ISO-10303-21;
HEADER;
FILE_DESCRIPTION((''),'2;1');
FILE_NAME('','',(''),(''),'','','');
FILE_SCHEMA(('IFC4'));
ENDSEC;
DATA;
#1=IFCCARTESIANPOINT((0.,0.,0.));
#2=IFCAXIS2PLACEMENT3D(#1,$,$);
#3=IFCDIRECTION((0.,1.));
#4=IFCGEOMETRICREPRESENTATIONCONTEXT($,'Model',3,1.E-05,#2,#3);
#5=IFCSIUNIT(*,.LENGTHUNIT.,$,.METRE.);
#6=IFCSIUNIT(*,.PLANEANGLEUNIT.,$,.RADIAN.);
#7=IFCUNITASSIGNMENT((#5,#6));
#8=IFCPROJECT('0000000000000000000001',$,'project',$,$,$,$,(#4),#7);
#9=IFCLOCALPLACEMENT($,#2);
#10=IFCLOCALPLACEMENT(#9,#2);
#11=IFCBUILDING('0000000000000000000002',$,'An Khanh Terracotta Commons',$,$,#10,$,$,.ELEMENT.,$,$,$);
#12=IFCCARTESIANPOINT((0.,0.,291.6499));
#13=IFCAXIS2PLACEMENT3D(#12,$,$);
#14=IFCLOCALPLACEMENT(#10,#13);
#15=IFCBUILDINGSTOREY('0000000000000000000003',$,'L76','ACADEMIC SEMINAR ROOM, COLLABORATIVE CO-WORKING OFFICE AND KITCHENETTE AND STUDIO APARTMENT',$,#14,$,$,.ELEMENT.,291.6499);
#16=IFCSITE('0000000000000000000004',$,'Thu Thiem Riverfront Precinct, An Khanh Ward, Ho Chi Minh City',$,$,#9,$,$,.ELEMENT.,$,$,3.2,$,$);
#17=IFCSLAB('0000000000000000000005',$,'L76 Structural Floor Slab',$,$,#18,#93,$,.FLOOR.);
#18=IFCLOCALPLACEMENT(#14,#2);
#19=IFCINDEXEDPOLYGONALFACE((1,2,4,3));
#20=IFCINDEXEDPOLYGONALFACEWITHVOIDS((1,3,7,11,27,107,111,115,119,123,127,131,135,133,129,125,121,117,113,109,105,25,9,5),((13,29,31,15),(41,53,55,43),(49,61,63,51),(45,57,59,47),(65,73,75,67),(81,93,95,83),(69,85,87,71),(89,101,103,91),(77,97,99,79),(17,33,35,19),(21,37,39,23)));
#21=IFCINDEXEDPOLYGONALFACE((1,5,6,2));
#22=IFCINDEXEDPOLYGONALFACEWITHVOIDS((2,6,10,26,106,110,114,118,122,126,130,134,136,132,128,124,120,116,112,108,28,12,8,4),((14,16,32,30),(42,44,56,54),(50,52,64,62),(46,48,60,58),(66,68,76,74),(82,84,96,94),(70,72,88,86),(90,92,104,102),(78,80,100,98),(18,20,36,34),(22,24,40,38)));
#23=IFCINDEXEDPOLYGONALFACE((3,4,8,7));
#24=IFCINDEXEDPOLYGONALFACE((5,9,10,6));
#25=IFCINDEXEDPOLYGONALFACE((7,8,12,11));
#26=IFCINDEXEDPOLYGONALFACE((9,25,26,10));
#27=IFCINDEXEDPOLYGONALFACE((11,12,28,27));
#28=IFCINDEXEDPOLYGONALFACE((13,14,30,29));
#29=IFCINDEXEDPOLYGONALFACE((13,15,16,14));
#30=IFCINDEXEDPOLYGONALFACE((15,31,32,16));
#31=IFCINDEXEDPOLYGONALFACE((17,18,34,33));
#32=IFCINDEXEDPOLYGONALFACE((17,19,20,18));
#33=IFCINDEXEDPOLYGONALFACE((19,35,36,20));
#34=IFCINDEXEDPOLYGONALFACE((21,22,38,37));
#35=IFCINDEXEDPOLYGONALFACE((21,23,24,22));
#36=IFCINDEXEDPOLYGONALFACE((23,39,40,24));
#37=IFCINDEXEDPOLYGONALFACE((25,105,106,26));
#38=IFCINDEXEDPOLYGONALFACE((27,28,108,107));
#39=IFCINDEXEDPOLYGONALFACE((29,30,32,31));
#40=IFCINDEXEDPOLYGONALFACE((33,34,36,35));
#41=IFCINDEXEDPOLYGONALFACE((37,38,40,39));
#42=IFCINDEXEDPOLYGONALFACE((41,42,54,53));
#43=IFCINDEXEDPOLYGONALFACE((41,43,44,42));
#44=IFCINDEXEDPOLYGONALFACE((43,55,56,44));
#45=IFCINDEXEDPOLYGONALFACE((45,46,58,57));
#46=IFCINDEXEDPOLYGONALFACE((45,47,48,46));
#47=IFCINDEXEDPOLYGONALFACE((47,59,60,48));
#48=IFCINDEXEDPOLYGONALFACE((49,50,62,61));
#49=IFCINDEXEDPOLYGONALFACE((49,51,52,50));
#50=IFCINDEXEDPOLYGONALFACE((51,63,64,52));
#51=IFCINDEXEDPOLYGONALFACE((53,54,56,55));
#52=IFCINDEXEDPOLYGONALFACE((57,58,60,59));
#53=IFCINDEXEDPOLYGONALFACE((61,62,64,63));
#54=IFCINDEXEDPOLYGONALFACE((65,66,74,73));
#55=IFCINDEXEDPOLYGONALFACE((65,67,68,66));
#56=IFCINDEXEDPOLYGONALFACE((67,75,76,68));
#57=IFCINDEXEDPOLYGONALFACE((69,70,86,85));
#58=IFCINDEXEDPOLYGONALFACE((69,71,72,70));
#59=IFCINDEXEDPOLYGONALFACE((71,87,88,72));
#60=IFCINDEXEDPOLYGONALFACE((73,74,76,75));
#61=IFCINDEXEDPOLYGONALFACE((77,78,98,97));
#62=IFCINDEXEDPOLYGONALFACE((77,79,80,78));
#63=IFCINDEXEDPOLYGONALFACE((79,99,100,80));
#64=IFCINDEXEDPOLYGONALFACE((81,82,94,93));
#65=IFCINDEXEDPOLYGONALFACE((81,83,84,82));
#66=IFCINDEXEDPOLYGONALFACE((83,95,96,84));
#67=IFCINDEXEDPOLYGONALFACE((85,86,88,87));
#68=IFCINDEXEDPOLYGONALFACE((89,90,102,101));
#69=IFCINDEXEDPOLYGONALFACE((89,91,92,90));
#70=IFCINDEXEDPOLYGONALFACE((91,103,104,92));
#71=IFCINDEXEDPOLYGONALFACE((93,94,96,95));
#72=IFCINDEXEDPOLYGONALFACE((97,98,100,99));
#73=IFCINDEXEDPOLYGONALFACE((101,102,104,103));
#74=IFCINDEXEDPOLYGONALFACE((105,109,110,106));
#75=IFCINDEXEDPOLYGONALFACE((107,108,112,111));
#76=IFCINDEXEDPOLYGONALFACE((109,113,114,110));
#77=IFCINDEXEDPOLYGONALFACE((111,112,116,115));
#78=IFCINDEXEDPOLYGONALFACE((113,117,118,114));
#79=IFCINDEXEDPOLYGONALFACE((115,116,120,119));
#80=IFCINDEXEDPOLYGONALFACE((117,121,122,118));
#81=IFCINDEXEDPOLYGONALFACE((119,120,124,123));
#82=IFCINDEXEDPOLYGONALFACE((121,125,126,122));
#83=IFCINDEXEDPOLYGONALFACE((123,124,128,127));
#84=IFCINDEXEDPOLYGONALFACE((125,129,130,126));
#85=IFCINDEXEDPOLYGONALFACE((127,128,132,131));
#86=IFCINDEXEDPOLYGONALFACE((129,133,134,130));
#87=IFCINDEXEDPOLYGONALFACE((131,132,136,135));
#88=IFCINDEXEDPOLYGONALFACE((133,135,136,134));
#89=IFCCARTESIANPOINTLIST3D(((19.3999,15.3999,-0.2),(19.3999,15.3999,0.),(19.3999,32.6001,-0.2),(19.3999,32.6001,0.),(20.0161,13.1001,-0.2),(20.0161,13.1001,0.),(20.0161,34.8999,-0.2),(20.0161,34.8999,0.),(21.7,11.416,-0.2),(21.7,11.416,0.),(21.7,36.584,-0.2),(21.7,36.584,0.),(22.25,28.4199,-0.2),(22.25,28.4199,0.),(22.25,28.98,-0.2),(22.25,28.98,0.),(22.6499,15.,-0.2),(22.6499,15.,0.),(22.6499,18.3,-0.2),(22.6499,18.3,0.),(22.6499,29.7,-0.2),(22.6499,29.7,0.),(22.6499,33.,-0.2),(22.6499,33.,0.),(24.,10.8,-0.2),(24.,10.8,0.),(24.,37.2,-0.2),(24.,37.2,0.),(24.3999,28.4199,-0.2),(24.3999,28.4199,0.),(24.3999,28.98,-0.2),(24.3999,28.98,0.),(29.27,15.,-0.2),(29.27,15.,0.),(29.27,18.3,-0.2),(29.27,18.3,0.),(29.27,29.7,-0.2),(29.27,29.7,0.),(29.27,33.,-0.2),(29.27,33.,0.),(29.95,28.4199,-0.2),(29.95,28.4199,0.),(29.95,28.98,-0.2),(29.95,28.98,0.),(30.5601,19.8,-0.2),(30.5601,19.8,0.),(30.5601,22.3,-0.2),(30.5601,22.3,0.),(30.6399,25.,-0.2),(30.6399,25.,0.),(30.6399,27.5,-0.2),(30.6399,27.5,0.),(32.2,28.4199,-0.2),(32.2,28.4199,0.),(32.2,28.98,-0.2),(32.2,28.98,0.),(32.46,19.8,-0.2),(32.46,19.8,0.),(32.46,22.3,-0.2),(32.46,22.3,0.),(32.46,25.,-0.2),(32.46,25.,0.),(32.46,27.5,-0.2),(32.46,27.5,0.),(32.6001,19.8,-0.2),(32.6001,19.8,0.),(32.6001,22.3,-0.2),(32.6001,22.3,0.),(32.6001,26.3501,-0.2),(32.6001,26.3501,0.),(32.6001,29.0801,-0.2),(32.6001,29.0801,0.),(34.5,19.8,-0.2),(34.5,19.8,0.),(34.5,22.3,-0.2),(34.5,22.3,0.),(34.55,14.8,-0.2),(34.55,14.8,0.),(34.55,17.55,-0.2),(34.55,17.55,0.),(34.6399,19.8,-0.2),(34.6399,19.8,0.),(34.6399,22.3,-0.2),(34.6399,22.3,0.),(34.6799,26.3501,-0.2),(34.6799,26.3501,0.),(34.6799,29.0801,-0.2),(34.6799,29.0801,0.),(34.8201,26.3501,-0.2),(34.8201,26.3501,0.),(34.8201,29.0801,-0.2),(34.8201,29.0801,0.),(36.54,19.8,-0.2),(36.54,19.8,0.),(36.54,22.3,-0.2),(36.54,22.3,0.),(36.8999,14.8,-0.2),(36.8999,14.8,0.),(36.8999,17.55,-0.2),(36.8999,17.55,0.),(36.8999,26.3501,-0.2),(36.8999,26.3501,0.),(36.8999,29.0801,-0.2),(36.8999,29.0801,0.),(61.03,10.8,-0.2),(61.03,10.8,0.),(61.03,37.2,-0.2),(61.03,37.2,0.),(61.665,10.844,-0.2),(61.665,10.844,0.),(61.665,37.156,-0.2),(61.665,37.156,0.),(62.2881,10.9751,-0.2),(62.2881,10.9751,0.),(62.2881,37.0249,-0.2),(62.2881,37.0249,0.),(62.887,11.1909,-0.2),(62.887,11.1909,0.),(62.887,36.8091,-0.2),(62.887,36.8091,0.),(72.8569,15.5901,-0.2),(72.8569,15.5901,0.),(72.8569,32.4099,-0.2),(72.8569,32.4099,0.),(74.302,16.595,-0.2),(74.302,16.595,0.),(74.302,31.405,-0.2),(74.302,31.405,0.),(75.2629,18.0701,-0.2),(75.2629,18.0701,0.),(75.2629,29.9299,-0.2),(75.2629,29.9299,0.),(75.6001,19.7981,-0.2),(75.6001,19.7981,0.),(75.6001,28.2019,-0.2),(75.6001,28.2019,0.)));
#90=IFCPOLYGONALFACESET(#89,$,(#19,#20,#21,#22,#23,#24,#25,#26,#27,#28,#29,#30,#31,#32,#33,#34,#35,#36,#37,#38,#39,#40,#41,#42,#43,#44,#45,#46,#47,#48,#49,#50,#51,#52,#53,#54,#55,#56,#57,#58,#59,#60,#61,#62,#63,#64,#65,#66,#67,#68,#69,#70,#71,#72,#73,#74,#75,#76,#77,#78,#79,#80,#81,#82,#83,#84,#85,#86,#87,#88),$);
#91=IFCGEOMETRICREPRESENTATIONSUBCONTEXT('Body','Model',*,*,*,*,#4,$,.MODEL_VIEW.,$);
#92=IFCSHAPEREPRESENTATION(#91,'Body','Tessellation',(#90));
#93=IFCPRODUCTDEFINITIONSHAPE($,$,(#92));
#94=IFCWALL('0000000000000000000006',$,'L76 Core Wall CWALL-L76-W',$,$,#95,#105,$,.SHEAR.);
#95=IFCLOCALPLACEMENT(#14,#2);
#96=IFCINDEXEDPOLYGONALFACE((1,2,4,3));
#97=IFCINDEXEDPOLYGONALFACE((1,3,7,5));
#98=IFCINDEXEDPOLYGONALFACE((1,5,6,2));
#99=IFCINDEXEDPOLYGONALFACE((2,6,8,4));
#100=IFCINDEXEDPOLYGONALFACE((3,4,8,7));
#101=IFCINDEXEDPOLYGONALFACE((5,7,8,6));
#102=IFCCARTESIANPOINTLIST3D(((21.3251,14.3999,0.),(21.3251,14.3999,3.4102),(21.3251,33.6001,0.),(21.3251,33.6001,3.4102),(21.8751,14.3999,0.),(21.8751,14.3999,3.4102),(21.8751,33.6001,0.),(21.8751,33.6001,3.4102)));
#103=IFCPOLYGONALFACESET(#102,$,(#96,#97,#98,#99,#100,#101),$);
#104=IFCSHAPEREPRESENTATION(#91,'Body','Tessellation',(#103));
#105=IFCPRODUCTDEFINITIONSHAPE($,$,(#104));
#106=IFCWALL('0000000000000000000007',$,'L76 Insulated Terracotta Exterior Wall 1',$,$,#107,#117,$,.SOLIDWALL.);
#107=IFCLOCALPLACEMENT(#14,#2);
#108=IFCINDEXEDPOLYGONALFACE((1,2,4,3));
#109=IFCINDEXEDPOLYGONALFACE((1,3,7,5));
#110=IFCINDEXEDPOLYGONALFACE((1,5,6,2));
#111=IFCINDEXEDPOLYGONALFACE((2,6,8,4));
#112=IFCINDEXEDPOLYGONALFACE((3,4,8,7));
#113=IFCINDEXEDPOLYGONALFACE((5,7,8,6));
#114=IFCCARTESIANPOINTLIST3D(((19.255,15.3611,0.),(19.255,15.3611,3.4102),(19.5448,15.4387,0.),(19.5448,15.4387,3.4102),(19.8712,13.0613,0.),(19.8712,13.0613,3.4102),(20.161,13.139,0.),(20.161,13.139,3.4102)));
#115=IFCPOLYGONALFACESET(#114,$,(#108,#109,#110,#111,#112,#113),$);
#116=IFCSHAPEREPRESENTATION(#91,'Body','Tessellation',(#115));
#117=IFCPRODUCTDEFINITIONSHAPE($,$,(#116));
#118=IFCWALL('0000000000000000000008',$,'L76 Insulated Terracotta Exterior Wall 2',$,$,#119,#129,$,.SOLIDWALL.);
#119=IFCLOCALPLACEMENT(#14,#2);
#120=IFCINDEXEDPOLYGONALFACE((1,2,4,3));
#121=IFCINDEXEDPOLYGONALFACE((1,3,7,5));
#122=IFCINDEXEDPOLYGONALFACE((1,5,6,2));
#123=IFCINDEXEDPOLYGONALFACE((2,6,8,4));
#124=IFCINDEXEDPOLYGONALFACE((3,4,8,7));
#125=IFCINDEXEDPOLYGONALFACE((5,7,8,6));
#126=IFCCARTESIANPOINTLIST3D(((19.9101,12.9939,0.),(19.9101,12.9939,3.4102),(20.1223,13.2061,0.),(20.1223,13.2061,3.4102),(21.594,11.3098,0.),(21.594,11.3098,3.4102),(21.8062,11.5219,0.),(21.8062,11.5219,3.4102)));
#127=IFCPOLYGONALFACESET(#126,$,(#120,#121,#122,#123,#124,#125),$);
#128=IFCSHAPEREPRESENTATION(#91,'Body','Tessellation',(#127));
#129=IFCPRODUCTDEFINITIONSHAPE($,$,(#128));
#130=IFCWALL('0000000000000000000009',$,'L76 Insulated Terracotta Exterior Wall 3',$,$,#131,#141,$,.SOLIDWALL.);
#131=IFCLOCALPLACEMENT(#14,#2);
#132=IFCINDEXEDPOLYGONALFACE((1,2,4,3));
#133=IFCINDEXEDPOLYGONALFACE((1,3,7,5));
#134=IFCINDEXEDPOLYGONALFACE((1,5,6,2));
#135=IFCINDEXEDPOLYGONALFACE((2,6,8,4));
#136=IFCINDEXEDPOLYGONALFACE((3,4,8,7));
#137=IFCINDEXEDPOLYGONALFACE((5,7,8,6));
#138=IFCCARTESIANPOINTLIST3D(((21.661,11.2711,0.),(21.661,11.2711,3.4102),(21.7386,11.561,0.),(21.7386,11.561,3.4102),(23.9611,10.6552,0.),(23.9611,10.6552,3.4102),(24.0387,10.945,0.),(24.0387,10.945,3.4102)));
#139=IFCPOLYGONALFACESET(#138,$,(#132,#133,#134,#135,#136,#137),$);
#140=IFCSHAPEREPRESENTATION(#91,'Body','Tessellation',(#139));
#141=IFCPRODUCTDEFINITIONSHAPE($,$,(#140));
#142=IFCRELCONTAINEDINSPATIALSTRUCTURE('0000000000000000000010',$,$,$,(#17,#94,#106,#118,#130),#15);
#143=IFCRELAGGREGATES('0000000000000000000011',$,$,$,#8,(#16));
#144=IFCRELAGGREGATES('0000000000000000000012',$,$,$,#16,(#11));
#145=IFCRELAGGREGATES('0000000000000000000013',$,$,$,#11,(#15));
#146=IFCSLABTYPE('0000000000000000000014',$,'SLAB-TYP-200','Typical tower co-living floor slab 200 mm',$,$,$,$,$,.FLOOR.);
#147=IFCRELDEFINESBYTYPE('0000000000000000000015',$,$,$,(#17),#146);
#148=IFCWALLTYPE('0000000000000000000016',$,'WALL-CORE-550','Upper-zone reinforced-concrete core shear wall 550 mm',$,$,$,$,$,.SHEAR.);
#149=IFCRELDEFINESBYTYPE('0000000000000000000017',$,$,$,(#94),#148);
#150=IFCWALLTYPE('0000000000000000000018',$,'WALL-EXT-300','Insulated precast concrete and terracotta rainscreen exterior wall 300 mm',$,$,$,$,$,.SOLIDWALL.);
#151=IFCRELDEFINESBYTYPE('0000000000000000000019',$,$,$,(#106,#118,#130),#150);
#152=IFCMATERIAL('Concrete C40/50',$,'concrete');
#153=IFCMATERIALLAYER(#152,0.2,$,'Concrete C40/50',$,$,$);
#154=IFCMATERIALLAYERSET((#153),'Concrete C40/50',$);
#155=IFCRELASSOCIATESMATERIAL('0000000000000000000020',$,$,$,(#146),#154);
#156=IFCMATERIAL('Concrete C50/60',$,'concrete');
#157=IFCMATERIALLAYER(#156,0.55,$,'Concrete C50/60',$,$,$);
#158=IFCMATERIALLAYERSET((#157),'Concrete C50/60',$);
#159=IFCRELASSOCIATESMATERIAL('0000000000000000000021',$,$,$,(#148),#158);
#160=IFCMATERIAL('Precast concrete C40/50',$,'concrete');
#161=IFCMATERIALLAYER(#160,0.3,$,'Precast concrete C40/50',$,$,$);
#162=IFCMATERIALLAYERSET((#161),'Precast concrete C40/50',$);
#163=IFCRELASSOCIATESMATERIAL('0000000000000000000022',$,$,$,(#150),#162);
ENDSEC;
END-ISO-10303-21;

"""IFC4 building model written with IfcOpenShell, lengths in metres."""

from ifc_helpers import new_model, si_unit, direction, frame, frame_2d, origin, place, context, subcontext, project, spatial, polyline, rectangle, outline, extrude, material, layer, layer_set, type_object, element, save


model = new_model("IFC4")

# Units and contexts
model_context = context("Model", 3, precision=1e-05, world=origin(), true_north=direction((0.0, 1.0)))
body_context = subcontext(model_context, "Body", "Model", "MODEL_VIEW")
ifc_project = project(units=[si_unit("LENGTHUNIT", "METRE"), si_unit("PLANEANGLEUNIT", "RADIAN")], contexts=[model_context])

# Site, building, storey
site_placement = place(None, origin())
site = spatial("IfcSite", under=ifc_project, at=site_placement, Name="Thu Thiem Riverfront Precinct, An Khanh Ward, Ho Chi Minh City", CompositionType="ELEMENT", RefElevation=3.2)
building_placement = place(site_placement, origin())
building = spatial("IfcBuilding", under=site, at=building_placement, Name="An Khanh Terracotta Commons", CompositionType="ELEMENT")
storey_placement = place(building_placement, frame((0.0, 0.0, 291.6499)))
storey = spatial("IfcBuildingStorey", under=building, at=storey_placement, Name="L76", Description="ACADEMIC SEMINAR ROOM, COLLABORATIVE CO-WORKING OFFICE AND KITCHENETTE AND STUDIO APARTMENT", CompositionType="ELEMENT", Elevation=291.6499)

# Shared definitions
ifc_material_1 = material(Name="Concrete C50/60", Category="concrete")

# Shared definitions
ifc_material_2 = material(Name="Concrete C40/50", Category="concrete")

# Shared definitions
ifc_material_3 = material(Name="Precast concrete C40/50", Category="concrete")

# Slab
ifc_layer_1 = layer(ifc_material_2, 0.2, Name="Concrete C40/50")
ifc_layer_set_1 = layer_set([ifc_layer_1], Name="Concrete C40/50")
slab_type_1 = type_object("IfcSlabType", Name="SLAB-TYP-200", Description="Typical tower co-living floor slab 200 mm", PredefinedType="FLOOR", material=ifc_layer_set_1)
slab_1_placement = place(storey_placement, frame((0.0, 0.0, -0.2)))
element("IfcSlab", 1, at=slab_1_placement, inside=storey, type_object=slab_type_1, Name="L76 Structural Floor Slab", PredefinedType="FLOOR", context=body_context, shape_type="SweptSolid", body=[
    extrude(outline(polyline([(19.3999, 15.3999), (20.0161, 13.1001), (21.7, 11.416), (24.0, 10.8), (61.03, 10.8), (61.665, 10.844), (62.2881, 10.9751), (62.887, 11.1909), (72.8569, 15.5901), (74.302, 16.595), (75.2629, 18.0701), (75.6001, 19.7981), (75.6001, 28.2019), (75.2629, 29.9299), (74.302, 31.405), (72.8569, 32.4099), (62.887, 36.8091), (62.2881, 37.0249), (61.665, 37.156), (61.03, 37.2), (24.0, 37.2), (21.7, 36.584), (20.0161, 34.8999), (19.3999, 32.6001), (19.3999, 15.3999)]), holes=[polyline([(22.6499, 29.7), (29.27, 29.7), (29.27, 33.0), (22.6499, 33.0), (22.6499, 29.7)]), polyline([(22.6499, 15.0), (29.27, 15.0), (29.27, 18.3), (22.6499, 18.3), (22.6499, 15.0)]), polyline([(32.6001, 26.3501), (34.6799, 26.3501), (34.6799, 29.0801), (32.6001, 29.0801), (32.6001, 26.3501)]), polyline([(34.8201, 26.3501), (36.8999, 26.3501), (36.8999, 29.0801), (34.8201, 29.0801), (34.8201, 26.3501)]), polyline([(34.55, 14.8), (36.8999, 14.8), (36.8999, 17.55), (34.55, 17.55), (34.55, 14.8)]), polyline([(30.6399, 25.0), (32.46, 25.0), (32.46, 27.5), (30.6399, 27.5), (30.6399, 25.0)]), polyline([(30.5601, 19.8), (32.46, 19.8), (32.46, 22.3), (30.5601, 22.3), (30.5601, 19.8)]), polyline([(32.6001, 19.8), (34.5, 19.8), (34.5, 22.3), (32.6001, 22.3), (32.6001, 19.8)]), polyline([(34.6399, 19.8), (36.54, 19.8), (36.54, 22.3), (34.6399, 22.3), (34.6399, 19.8)]), polyline([(22.25, 28.4199), (24.3999, 28.4199), (24.3999, 28.98), (22.25, 28.98), (22.25, 28.4199)]), polyline([(29.95, 28.4199), (32.2, 28.4199), (32.2, 28.98), (29.95, 28.98), (29.95, 28.4199)])]), origin(), (0.0, 0.0, 1.0), 0.2),
])

# Walls
ifc_layer_2 = layer(ifc_material_1, 0.55, Name="Concrete C50/60")
ifc_layer_set_2 = layer_set([ifc_layer_2], Name="Concrete C50/60")
wall_type_1 = type_object("IfcWallType", Name="WALL-CORE-550", Description="Upper-zone reinforced-concrete core shear wall 550 mm", PredefinedType="SHEAR", material=ifc_layer_set_2)
wall_1_placement = place(storey_placement, frame((21.6001, 14.3999, 0.0), z_axis=(0.0, 0.0, 1.0), x_axis=(0.0, 1.0, 0.0)))
element("IfcWall", 2, at=wall_1_placement, inside=storey, type_object=wall_type_1, Name="L76 Core Wall CWALL-L76-W", PredefinedType="SHEAR", context=body_context, shape_type="SweptSolid", body=[
    extrude(rectangle(XDim=19.2002, YDim=0.55, at=frame_2d((9.6001, 0.0))), origin(), (0.0, 0.0, 1.0), 3.4102),
])
ifc_layer_3 = layer(ifc_material_3, 0.3, Name="Precast concrete C40/50")
ifc_layer_set_3 = layer_set([ifc_layer_3], Name="Precast concrete C40/50")
wall_type_2 = type_object("IfcWallType", Name="WALL-EXT-300", Description="Insulated precast concrete and terracotta rainscreen exterior wall 300 mm", PredefinedType="SOLIDWALL", material=ifc_layer_set_3)
wall_2_placement = place(storey_placement, frame((19.3999, 15.3999, 0.0), z_axis=(0.0, 0.0, 1.0), x_axis=(0.258811, -0.965928, 0.0)))
element("IfcWall", 3, at=wall_2_placement, inside=storey, type_object=wall_type_2, Name="L76 Insulated Terracotta Exterior Wall 1", PredefinedType="SOLIDWALL", context=body_context, shape_type="SweptSolid", body=[
    extrude(rectangle(XDim=2.3809, YDim=0.3, at=frame_2d((1.1904, 0.0))), origin(), (0.0, 0.0, 1.0), 3.4102),
])
wall_3_placement = place(storey_placement, frame((20.0161, 13.1001, 0.0), z_axis=(0.0, 0.0, 1.0), x_axis=(0.707056, -0.707158, 0.0)))
element("IfcWall", 4, at=wall_3_placement, inside=storey, type_object=wall_type_2, Name="L76 Insulated Terracotta Exterior Wall 2", PredefinedType="SOLIDWALL", context=body_context, shape_type="SweptSolid", body=[
    extrude(rectangle(XDim=2.3816, YDim=0.3, at=frame_2d((1.1909, 0.0))), origin(), (0.0, 0.0, 1.0), 3.4102),
])
wall_4_placement = place(storey_placement, frame((21.7, 11.416, 0.0), z_axis=(0.0, 0.0, 1.0), x_axis=(0.96596, -0.25869, 0.0)))
element("IfcWall", 5, at=wall_4_placement, inside=storey, type_object=wall_type_2, Name="L76 Insulated Terracotta Exterior Wall 3", PredefinedType="SOLIDWALL", context=body_context, shape_type="SweptSolid", body=[
    extrude(rectangle(XDim=2.3811, YDim=0.3, at=frame_2d((1.1904, 0.0))), origin(), (0.0, 0.0, 1.0), 3.4102),
])

save(model, "model.ifc")
